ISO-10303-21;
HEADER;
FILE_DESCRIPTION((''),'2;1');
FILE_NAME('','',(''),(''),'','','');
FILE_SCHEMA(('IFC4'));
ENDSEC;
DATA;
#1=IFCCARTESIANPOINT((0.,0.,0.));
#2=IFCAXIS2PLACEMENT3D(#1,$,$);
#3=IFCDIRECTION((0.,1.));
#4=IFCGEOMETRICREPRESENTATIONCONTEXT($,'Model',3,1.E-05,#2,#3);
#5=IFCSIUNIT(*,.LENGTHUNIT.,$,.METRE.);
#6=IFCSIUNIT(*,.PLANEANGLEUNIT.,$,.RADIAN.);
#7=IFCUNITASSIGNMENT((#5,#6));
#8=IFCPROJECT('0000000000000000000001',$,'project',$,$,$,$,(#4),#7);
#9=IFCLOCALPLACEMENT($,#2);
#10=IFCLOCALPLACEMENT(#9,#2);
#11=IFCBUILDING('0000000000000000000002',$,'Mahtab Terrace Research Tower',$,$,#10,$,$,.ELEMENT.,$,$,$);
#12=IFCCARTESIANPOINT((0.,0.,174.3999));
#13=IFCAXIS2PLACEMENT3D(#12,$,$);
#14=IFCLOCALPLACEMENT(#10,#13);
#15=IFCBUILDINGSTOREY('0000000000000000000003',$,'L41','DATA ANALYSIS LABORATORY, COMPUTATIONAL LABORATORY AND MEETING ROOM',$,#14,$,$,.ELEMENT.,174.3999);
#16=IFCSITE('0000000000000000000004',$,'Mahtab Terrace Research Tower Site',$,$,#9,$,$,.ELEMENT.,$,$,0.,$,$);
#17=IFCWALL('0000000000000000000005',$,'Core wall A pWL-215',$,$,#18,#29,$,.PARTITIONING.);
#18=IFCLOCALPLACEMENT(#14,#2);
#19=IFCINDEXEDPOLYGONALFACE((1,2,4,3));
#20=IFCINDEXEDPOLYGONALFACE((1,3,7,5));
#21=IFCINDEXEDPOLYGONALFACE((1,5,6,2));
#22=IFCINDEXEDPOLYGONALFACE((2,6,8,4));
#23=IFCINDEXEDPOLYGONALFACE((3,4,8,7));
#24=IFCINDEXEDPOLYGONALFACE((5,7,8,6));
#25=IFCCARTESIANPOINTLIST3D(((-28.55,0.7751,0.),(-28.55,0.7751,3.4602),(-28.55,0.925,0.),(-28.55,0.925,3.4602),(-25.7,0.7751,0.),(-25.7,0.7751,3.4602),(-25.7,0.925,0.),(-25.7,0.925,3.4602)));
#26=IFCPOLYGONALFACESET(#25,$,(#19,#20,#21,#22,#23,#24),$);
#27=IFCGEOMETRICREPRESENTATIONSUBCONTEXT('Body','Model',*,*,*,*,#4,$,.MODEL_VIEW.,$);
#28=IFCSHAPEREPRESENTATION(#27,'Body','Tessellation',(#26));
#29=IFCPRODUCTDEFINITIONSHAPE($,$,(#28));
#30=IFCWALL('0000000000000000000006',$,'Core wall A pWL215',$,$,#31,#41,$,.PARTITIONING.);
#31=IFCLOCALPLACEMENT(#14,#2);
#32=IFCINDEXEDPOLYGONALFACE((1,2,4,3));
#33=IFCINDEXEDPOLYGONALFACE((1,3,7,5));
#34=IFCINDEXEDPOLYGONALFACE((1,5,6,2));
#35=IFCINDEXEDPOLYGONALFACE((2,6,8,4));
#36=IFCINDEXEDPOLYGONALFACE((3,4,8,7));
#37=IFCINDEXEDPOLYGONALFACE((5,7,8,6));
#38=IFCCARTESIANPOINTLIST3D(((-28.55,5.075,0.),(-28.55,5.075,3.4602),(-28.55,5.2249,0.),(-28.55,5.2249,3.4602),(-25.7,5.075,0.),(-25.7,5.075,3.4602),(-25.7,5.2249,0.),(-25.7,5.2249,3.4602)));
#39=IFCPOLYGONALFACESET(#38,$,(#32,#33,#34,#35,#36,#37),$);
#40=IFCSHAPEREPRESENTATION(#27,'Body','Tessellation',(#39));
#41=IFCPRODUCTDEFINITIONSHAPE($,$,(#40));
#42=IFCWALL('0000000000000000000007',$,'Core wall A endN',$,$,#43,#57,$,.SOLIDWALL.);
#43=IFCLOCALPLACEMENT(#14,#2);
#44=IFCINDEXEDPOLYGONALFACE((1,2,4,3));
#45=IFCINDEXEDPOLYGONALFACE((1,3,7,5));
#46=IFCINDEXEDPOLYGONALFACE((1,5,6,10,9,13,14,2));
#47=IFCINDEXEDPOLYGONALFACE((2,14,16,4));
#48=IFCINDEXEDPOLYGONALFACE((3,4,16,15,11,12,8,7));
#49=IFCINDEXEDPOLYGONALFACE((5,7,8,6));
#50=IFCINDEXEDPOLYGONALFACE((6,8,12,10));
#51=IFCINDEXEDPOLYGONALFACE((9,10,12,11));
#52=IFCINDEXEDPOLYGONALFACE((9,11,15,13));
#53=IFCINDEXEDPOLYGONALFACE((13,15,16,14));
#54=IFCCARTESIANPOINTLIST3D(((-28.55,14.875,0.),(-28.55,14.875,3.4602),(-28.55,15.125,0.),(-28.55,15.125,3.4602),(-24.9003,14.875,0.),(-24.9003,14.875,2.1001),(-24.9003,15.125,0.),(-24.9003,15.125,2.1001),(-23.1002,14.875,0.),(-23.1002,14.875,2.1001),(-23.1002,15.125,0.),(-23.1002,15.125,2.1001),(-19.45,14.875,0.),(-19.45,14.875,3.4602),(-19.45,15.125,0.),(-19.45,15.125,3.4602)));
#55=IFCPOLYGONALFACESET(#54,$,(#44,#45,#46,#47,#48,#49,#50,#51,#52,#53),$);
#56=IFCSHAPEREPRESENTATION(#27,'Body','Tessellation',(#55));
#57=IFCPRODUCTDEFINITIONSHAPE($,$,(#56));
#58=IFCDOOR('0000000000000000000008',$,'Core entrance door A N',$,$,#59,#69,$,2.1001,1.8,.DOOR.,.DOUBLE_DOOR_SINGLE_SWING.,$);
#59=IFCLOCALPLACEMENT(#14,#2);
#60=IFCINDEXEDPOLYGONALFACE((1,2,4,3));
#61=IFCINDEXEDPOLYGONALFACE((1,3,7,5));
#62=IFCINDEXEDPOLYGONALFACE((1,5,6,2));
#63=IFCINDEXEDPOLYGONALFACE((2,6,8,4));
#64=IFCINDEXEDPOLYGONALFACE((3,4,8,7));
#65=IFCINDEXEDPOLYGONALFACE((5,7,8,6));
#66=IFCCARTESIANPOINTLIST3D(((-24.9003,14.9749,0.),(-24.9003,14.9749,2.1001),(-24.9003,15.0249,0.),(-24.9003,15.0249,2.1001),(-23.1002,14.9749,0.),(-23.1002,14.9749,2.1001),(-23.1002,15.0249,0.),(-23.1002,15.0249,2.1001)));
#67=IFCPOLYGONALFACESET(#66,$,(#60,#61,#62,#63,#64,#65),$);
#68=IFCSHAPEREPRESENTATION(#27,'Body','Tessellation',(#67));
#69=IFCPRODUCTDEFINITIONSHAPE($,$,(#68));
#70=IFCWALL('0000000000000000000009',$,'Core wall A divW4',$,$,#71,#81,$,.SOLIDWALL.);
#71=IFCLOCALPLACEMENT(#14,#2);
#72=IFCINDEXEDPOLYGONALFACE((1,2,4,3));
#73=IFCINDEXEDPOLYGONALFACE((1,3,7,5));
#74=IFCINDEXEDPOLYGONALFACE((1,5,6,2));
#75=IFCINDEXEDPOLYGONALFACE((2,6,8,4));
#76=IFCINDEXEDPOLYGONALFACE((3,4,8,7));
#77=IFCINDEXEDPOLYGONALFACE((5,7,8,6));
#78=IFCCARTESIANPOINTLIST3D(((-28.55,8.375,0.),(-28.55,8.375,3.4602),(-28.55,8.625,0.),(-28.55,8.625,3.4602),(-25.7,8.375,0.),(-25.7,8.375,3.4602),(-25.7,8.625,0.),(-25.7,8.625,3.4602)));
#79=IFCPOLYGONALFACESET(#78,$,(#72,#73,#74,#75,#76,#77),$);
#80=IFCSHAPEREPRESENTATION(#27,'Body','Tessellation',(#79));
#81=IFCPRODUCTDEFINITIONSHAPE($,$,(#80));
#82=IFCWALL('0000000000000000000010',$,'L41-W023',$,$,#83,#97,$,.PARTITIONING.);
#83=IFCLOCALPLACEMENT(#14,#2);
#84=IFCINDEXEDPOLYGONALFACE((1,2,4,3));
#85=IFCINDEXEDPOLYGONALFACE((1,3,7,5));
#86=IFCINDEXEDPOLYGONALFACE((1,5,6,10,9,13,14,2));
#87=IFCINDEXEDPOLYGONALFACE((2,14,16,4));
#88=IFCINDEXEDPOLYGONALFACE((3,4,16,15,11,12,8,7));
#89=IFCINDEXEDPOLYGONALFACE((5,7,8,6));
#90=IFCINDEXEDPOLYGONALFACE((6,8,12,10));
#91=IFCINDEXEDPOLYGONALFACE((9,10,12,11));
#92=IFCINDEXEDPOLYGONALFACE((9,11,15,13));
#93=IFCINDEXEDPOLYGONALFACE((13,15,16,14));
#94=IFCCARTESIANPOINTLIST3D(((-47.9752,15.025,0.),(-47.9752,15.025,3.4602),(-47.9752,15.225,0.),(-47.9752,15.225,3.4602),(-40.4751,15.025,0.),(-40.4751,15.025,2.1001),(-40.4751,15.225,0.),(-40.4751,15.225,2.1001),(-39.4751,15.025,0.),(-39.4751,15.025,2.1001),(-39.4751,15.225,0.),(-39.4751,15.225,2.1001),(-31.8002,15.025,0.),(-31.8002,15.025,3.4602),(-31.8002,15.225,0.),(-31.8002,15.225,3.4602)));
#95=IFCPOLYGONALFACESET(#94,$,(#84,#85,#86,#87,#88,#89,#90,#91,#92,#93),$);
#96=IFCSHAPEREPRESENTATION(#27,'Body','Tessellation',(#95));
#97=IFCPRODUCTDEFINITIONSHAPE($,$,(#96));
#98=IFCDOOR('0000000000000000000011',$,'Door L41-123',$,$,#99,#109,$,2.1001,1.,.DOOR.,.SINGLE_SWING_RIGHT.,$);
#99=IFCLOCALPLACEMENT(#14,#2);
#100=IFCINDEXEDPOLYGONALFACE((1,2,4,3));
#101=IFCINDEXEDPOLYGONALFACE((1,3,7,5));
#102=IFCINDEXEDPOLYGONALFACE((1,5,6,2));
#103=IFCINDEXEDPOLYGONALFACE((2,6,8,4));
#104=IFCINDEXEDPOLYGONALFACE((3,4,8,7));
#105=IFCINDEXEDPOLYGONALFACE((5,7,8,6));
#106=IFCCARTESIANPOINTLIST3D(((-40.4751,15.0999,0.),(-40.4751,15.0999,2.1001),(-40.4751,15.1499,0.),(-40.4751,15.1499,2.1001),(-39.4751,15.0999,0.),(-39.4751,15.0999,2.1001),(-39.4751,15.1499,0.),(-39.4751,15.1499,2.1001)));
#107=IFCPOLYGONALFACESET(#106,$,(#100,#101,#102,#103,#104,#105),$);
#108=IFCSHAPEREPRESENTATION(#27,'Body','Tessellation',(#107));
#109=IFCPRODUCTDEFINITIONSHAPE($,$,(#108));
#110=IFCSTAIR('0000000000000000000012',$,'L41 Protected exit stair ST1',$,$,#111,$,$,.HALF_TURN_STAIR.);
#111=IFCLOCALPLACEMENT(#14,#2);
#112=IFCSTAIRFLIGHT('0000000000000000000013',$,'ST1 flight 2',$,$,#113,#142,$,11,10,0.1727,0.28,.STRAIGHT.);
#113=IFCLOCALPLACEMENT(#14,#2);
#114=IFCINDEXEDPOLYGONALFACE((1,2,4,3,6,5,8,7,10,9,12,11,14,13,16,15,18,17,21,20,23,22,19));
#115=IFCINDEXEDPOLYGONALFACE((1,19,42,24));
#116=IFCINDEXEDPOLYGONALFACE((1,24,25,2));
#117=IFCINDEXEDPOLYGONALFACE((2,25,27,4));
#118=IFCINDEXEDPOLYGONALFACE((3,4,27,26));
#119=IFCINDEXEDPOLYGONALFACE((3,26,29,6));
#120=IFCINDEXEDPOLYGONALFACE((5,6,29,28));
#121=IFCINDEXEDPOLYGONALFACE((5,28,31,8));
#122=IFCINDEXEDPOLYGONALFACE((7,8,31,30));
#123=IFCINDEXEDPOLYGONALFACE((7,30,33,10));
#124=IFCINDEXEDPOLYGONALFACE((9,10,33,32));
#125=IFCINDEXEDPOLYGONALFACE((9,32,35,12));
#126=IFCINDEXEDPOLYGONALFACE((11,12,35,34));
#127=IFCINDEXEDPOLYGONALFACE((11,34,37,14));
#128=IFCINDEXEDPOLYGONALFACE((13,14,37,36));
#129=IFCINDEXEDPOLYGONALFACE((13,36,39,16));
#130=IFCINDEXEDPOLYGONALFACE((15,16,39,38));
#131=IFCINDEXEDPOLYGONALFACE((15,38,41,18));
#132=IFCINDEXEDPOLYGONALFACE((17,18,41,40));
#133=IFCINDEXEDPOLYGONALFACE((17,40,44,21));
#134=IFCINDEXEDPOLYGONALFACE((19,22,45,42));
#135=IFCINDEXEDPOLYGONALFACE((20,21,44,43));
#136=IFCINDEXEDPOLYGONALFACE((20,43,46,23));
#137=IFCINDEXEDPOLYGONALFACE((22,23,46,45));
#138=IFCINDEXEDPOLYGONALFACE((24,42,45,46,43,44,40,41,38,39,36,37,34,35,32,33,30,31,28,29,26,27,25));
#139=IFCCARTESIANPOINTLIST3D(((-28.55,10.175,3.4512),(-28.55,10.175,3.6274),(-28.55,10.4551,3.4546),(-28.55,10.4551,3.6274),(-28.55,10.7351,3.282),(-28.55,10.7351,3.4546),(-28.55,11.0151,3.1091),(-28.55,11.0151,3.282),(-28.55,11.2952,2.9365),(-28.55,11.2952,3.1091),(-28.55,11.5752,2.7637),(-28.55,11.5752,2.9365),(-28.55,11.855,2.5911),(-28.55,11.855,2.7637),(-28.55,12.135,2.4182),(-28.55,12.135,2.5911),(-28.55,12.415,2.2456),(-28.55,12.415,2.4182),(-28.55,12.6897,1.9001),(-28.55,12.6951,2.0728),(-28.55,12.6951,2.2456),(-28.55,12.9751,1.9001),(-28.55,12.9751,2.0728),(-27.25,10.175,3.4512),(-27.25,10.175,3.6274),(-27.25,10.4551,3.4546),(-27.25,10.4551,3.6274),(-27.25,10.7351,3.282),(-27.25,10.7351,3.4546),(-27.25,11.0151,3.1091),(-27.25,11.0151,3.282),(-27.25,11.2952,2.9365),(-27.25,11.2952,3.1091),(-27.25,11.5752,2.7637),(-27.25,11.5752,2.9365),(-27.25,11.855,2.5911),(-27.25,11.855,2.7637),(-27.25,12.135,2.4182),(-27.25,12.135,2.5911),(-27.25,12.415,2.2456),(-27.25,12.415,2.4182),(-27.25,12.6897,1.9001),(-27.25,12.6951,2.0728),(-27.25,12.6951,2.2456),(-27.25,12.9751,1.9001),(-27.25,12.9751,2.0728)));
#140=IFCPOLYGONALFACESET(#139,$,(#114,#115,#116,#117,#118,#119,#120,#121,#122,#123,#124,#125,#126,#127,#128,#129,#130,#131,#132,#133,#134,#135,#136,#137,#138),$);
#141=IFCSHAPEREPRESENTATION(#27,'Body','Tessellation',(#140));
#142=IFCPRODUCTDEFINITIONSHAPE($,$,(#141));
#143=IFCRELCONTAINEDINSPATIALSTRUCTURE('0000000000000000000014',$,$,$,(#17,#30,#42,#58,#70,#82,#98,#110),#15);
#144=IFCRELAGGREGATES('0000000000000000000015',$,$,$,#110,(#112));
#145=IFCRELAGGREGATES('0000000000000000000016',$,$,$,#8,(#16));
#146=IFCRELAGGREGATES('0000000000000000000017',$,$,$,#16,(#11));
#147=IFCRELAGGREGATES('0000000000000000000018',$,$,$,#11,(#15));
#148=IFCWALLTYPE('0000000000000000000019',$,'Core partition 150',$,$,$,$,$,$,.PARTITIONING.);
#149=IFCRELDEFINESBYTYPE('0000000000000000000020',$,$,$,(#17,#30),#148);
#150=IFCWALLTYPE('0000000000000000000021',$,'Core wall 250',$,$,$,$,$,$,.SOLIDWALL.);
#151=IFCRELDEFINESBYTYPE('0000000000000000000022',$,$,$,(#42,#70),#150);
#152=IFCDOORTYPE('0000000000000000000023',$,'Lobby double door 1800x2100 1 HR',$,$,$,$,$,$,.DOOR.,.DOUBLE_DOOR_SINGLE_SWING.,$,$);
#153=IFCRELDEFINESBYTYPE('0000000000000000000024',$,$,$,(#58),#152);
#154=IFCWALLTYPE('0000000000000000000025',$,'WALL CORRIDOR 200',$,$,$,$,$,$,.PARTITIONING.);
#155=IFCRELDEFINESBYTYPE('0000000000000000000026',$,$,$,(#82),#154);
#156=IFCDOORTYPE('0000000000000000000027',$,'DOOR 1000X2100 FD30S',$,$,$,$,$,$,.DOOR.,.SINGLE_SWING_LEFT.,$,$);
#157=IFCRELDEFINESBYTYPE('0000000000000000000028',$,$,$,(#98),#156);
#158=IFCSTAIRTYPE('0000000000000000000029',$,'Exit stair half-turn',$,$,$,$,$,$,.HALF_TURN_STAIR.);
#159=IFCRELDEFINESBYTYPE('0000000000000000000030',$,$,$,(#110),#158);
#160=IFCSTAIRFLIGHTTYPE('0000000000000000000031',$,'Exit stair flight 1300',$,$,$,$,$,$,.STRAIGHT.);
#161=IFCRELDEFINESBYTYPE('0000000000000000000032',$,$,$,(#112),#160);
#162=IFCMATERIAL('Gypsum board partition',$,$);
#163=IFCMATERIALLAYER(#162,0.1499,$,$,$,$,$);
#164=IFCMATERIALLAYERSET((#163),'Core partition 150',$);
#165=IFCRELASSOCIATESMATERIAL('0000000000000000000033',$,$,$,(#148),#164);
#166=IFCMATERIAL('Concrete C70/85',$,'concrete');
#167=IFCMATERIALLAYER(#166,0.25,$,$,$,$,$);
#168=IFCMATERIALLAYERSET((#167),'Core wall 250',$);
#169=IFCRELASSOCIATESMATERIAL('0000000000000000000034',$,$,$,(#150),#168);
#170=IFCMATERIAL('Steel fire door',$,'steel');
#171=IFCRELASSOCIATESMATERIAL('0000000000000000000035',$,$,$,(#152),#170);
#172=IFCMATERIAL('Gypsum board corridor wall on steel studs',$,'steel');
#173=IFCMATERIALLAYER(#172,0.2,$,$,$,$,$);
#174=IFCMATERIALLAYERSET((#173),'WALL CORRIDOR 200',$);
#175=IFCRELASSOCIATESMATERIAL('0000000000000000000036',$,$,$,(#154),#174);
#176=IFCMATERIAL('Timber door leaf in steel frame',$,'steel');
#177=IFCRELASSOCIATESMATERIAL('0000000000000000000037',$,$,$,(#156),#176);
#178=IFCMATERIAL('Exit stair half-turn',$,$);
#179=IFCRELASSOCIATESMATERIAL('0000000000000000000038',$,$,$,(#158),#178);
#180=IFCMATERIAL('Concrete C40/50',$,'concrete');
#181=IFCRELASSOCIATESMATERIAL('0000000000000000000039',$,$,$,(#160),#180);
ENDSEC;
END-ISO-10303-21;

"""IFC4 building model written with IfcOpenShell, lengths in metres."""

from ifc_helpers import new_model, si_unit, direction, frame, frame_2d, origin, place, context, subcontext, project, spatial, polyline, rectangle, outline, extrude, material, layer, layer_set, type_object, element, fill, aggregate, save


model = new_model("IFC4")

# Units and contexts
model_context = context("Model", 3, precision=1e-05, world=origin(), true_north=direction((0.0, 1.0)))
body_context = subcontext(model_context, "Body", "Model", "MODEL_VIEW")
ifc_project = project(units=[si_unit("LENGTHUNIT", "METRE"), si_unit("PLANEANGLEUNIT", "RADIAN")], contexts=[model_context])

# Site, building, storey
site_placement = place(None, origin())
site = spatial("IfcSite", under=ifc_project, at=site_placement, Name="Mahtab Terrace Research Tower Site", CompositionType="ELEMENT", RefElevation=0.0)
building_placement = place(site_placement, origin())
building = spatial("IfcBuilding", under=site, at=building_placement, Name="Mahtab Terrace Research Tower", CompositionType="ELEMENT")
storey_placement = place(building_placement, frame((0.0, 0.0, 174.3999)))
storey = spatial("IfcBuildingStorey", under=building, at=storey_placement, Name="L41", Description="DATA ANALYSIS LABORATORY, COMPUTATIONAL LABORATORY AND MEETING ROOM", CompositionType="ELEMENT", Elevation=174.3999)

# Shared definitions
ifc_material_1 = material(Name="Concrete C70/85", Category="concrete")

# Walls
ifc_material_2 = material(Name="Gypsum board partition")
ifc_layer_1 = layer(ifc_material_2, 0.1499)
ifc_layer_set_1 = layer_set([ifc_layer_1], Name="Core partition 150")
wall_type_1 = type_object("IfcWallType", Name="Core partition 150", PredefinedType="PARTITIONING", material=ifc_layer_set_1)
for number, where, z_axis, x_axis, name in (
    (1, (-28.55, 0.8501, 0.0), (0.0, 0.0, 1.0), (1.0, 0.0, 0.0), "Core wall A pWL-215"),
    (2, (-28.55, 5.1499, 0.0), (0.0, 0.0, 1.0), (1.0, 0.0, 0.0), "Core wall A pWL215"),
):
    element("IfcWall", number, at=place(storey_placement, frame(where, z_axis=z_axis, x_axis=x_axis)), inside=storey, type_object=wall_type_1, Name=name, PredefinedType="PARTITIONING", context=body_context, shape_type="SweptSolid", body=[
        extrude(rectangle(XDim=2.8501, YDim=0.1499, at=frame_2d((1.425, 0.0))), origin(), (0.0, 0.0, 1.0), 3.4602),
    ])

# Wall, opening, door
ifc_layer_2 = layer(ifc_material_1, 0.25)
ifc_layer_set_2 = layer_set([ifc_layer_2], Name="Core wall 250")
wall_type_2 = type_object("IfcWallType", Name="Core wall 250", PredefinedType="SOLIDWALL", material=ifc_layer_set_2)
wall_1_placement = place(storey_placement, frame((-28.55, 15.0, 0.0), z_axis=(0.0, 0.0, 1.0), x_axis=(1.0, 0.0, 0.0)))
wall_1 = element("IfcWall", 3, at=wall_1_placement, inside=storey, type_object=wall_type_2, Name="Core wall A endN", PredefinedType="SOLIDWALL", context=body_context, shape_type="SweptSolid", body=[
    extrude(rectangle(XDim=9.1001, YDim=0.25, at=frame_2d((4.55, 0.0))), origin(), (0.0, 0.0, 1.0), 3.4602),
])
opening_1_placement = place(wall_1_placement, frame((3.6499, 0.0, 0.0)))
opening_1 = element("IfcOpeningElement", 4, at=opening_1_placement, cuts=wall_1, PredefinedType="OPENING", context=body_context, shape_type="SweptSolid", body=[
    extrude(rectangle(XDim=1.8, YDim=2.1001, at=frame_2d((0.8999, 1.05))), frame((0.0, 0.135, 0.0), z_axis=(0.0, -1.0, 0.0), x_axis=(1.0, 0.0, 0.0)), (0.0, 0.0, 1.0), 0.27),
])
ifc_material_3 = material(Name="Steel fire door", Category="steel")
door_type_1 = type_object("IfcDoorType", Name="Lobby double door 1800x2100 1 HR", OperationType="DOUBLE_DOOR_SINGLE_SWING", PredefinedType="DOOR", material=ifc_material_3)
door_1_placement = place(opening_1_placement, origin())
door_1 = element("IfcDoor", 5, at=door_1_placement, inside=storey, type_object=door_type_1, Name="Core entrance door A N", OperationType="DOUBLE_DOOR_SINGLE_SWING", OverallHeight=2.1001, OverallWidth=1.8, PredefinedType="DOOR", context=body_context, shape_type="SweptSolid", body=[
    extrude(rectangle(XDim=1.8, YDim=2.1001, at=frame_2d((0.8999, 1.05))), frame((0.0, 0.0249, 0.0), z_axis=(0.0, -1.0, 0.0), x_axis=(1.0, 0.0, 0.0)), (0.0, 0.0, 1.0), 0.05),
])
fill(opening_1, door_1)

# Wall
wall_2_placement = place(storey_placement, frame((-28.55, 8.5, 0.0), z_axis=(0.0, 0.0, 1.0), x_axis=(1.0, 0.0, 0.0)))
element("IfcWall", 6, at=wall_2_placement, inside=storey, type_object=wall_type_2, Name="Core wall A divW4", PredefinedType="SOLIDWALL", context=body_context, shape_type="SweptSolid", body=[
    extrude(rectangle(XDim=2.8501, YDim=0.25, at=frame_2d((1.425, 0.0))), origin(), (0.0, 0.0, 1.0), 3.4602),
])

# Wall, opening, door
ifc_material_4 = material(Name="Gypsum board corridor wall on steel studs", Category="steel")
ifc_layer_3 = layer(ifc_material_4, 0.2)
ifc_layer_set_3 = layer_set([ifc_layer_3], Name="WALL CORRIDOR 200")
wall_type_3 = type_object("IfcWallType", Name="WALL CORRIDOR 200", PredefinedType="PARTITIONING", material=ifc_layer_set_3)
wall_3_placement = place(storey_placement, frame((-47.9751, 15.125, 0.0), z_axis=(0.0, 0.0, 1.0), x_axis=(1.0, 0.0, 0.0)))
wall_3 = element("IfcWall", 7, at=wall_3_placement, inside=storey, type_object=wall_type_3, Name="L41-W023", PredefinedType="PARTITIONING", context=body_context, shape_type="SweptSolid", body=[
    extrude(rectangle(XDim=16.175, YDim=0.2, at=frame_2d((8.0874, 0.0))), origin(), (0.0, 0.0, 1.0), 3.4602),
])
opening_2_placement = place(wall_3_placement, frame((7.5, 0.0, 0.0)))
opening_2 = element("IfcOpeningElement", 8, at=opening_2_placement, cuts=wall_3, PredefinedType="OPENING", context=body_context, shape_type="SweptSolid", body=[
    extrude(rectangle(XDim=1.0, YDim=2.1001, at=frame_2d((0.5, 1.05))), frame((0.0, 0.1099, 0.0), z_axis=(0.0, -1.0, 0.0), x_axis=(1.0, 0.0, 0.0)), (0.0, 0.0, 1.0), 0.22),
])
ifc_material_5 = material(Name="Timber door leaf in steel frame", Category="steel")
door_type_2 = type_object("IfcDoorType", Name="DOOR 1000X2100 FD30S", OperationType="SINGLE_SWING_LEFT", PredefinedType="DOOR", material=ifc_material_5)
door_2_placement = place(opening_2_placement, origin())
door_2 = element("IfcDoor", 9, at=door_2_placement, inside=storey, type_object=door_type_2, Name="Door L41-123", OperationType="SINGLE_SWING_RIGHT", OverallHeight=2.1001, OverallWidth=1.0, PredefinedType="DOOR", context=body_context, shape_type="SweptSolid", body=[
    extrude(rectangle(XDim=1.0, YDim=2.1001, at=frame_2d((0.5, 1.05))), frame((0.0, 0.0249, 0.0), z_axis=(0.0, -1.0, 0.0), x_axis=(1.0, 0.0, 0.0)), (0.0, 0.0, 1.0), 0.05),
])
fill(opening_2, door_2)

# Stair, stair flight
ifc_material_6 = material(Name="Exit stair half-turn")
stair_type = type_object("IfcStairType", Name="Exit stair half-turn", PredefinedType="HALF_TURN_STAIR", material=ifc_material_6)
stair_placement = place(storey_placement, origin())
stair = element("IfcStair", 10, at=stair_placement, inside=storey, type_object=stair_type, Name="L41 Protected exit stair ST1", PredefinedType="HALF_TURN_STAIR")
ifc_material_7 = material(Name="Concrete C40/50", Category="concrete")
stair_flight_type = type_object("IfcStairFlightType", Name="Exit stair flight 1300", PredefinedType="STRAIGHT", material=ifc_material_7)
stair_flight_placement = place(storey_placement, frame((-27.8999, 12.9751, 1.9001), z_axis=(0.0, 0.0, 1.0), x_axis=(0.0, -1.0, 0.0)))
stair_flight = element("IfcStairFlight", 11, at=stair_flight_placement, type_object=stair_flight_type, Name="ST1 flight 2", NumberOfRisers=11, NumberOfTreads=10, PredefinedType="STRAIGHT", RiserHeight=0.1727, TreadLength=0.28, context=body_context, shape_type="SweptSolid", body=[
    extrude(outline(polyline([(0.0, 0.0), (0.0, 0.1726), (0.28, 0.1726), (0.28, 0.3455), (0.5601, 0.3455), (0.5601, 0.5181), (0.8401, 0.5181), (0.8401, 0.6909), (1.1201, 0.6909), (1.1201, 0.8635), (1.3999, 0.8635), (1.3999, 1.0364), (1.6799, 1.0364), (1.6799, 1.209), (1.96, 1.209), (1.96, 1.3818), (2.24, 1.3818), (2.24, 1.5544), (2.52, 1.5544), (2.52, 1.7273), (2.8, 1.7273), (2.8, 1.8999), (2.8, 1.551), (0.2854, 0.0), (0.0, 0.0)])), frame((0.0, 0.6499, 0.0), z_axis=(0.0, -1.0, 0.0), x_axis=(1.0, 0.0, 0.0)), (0.0, 0.0, 1.0), 1.3),
])
aggregate(stair, [stair_flight])

save(model, "model.ifc")
